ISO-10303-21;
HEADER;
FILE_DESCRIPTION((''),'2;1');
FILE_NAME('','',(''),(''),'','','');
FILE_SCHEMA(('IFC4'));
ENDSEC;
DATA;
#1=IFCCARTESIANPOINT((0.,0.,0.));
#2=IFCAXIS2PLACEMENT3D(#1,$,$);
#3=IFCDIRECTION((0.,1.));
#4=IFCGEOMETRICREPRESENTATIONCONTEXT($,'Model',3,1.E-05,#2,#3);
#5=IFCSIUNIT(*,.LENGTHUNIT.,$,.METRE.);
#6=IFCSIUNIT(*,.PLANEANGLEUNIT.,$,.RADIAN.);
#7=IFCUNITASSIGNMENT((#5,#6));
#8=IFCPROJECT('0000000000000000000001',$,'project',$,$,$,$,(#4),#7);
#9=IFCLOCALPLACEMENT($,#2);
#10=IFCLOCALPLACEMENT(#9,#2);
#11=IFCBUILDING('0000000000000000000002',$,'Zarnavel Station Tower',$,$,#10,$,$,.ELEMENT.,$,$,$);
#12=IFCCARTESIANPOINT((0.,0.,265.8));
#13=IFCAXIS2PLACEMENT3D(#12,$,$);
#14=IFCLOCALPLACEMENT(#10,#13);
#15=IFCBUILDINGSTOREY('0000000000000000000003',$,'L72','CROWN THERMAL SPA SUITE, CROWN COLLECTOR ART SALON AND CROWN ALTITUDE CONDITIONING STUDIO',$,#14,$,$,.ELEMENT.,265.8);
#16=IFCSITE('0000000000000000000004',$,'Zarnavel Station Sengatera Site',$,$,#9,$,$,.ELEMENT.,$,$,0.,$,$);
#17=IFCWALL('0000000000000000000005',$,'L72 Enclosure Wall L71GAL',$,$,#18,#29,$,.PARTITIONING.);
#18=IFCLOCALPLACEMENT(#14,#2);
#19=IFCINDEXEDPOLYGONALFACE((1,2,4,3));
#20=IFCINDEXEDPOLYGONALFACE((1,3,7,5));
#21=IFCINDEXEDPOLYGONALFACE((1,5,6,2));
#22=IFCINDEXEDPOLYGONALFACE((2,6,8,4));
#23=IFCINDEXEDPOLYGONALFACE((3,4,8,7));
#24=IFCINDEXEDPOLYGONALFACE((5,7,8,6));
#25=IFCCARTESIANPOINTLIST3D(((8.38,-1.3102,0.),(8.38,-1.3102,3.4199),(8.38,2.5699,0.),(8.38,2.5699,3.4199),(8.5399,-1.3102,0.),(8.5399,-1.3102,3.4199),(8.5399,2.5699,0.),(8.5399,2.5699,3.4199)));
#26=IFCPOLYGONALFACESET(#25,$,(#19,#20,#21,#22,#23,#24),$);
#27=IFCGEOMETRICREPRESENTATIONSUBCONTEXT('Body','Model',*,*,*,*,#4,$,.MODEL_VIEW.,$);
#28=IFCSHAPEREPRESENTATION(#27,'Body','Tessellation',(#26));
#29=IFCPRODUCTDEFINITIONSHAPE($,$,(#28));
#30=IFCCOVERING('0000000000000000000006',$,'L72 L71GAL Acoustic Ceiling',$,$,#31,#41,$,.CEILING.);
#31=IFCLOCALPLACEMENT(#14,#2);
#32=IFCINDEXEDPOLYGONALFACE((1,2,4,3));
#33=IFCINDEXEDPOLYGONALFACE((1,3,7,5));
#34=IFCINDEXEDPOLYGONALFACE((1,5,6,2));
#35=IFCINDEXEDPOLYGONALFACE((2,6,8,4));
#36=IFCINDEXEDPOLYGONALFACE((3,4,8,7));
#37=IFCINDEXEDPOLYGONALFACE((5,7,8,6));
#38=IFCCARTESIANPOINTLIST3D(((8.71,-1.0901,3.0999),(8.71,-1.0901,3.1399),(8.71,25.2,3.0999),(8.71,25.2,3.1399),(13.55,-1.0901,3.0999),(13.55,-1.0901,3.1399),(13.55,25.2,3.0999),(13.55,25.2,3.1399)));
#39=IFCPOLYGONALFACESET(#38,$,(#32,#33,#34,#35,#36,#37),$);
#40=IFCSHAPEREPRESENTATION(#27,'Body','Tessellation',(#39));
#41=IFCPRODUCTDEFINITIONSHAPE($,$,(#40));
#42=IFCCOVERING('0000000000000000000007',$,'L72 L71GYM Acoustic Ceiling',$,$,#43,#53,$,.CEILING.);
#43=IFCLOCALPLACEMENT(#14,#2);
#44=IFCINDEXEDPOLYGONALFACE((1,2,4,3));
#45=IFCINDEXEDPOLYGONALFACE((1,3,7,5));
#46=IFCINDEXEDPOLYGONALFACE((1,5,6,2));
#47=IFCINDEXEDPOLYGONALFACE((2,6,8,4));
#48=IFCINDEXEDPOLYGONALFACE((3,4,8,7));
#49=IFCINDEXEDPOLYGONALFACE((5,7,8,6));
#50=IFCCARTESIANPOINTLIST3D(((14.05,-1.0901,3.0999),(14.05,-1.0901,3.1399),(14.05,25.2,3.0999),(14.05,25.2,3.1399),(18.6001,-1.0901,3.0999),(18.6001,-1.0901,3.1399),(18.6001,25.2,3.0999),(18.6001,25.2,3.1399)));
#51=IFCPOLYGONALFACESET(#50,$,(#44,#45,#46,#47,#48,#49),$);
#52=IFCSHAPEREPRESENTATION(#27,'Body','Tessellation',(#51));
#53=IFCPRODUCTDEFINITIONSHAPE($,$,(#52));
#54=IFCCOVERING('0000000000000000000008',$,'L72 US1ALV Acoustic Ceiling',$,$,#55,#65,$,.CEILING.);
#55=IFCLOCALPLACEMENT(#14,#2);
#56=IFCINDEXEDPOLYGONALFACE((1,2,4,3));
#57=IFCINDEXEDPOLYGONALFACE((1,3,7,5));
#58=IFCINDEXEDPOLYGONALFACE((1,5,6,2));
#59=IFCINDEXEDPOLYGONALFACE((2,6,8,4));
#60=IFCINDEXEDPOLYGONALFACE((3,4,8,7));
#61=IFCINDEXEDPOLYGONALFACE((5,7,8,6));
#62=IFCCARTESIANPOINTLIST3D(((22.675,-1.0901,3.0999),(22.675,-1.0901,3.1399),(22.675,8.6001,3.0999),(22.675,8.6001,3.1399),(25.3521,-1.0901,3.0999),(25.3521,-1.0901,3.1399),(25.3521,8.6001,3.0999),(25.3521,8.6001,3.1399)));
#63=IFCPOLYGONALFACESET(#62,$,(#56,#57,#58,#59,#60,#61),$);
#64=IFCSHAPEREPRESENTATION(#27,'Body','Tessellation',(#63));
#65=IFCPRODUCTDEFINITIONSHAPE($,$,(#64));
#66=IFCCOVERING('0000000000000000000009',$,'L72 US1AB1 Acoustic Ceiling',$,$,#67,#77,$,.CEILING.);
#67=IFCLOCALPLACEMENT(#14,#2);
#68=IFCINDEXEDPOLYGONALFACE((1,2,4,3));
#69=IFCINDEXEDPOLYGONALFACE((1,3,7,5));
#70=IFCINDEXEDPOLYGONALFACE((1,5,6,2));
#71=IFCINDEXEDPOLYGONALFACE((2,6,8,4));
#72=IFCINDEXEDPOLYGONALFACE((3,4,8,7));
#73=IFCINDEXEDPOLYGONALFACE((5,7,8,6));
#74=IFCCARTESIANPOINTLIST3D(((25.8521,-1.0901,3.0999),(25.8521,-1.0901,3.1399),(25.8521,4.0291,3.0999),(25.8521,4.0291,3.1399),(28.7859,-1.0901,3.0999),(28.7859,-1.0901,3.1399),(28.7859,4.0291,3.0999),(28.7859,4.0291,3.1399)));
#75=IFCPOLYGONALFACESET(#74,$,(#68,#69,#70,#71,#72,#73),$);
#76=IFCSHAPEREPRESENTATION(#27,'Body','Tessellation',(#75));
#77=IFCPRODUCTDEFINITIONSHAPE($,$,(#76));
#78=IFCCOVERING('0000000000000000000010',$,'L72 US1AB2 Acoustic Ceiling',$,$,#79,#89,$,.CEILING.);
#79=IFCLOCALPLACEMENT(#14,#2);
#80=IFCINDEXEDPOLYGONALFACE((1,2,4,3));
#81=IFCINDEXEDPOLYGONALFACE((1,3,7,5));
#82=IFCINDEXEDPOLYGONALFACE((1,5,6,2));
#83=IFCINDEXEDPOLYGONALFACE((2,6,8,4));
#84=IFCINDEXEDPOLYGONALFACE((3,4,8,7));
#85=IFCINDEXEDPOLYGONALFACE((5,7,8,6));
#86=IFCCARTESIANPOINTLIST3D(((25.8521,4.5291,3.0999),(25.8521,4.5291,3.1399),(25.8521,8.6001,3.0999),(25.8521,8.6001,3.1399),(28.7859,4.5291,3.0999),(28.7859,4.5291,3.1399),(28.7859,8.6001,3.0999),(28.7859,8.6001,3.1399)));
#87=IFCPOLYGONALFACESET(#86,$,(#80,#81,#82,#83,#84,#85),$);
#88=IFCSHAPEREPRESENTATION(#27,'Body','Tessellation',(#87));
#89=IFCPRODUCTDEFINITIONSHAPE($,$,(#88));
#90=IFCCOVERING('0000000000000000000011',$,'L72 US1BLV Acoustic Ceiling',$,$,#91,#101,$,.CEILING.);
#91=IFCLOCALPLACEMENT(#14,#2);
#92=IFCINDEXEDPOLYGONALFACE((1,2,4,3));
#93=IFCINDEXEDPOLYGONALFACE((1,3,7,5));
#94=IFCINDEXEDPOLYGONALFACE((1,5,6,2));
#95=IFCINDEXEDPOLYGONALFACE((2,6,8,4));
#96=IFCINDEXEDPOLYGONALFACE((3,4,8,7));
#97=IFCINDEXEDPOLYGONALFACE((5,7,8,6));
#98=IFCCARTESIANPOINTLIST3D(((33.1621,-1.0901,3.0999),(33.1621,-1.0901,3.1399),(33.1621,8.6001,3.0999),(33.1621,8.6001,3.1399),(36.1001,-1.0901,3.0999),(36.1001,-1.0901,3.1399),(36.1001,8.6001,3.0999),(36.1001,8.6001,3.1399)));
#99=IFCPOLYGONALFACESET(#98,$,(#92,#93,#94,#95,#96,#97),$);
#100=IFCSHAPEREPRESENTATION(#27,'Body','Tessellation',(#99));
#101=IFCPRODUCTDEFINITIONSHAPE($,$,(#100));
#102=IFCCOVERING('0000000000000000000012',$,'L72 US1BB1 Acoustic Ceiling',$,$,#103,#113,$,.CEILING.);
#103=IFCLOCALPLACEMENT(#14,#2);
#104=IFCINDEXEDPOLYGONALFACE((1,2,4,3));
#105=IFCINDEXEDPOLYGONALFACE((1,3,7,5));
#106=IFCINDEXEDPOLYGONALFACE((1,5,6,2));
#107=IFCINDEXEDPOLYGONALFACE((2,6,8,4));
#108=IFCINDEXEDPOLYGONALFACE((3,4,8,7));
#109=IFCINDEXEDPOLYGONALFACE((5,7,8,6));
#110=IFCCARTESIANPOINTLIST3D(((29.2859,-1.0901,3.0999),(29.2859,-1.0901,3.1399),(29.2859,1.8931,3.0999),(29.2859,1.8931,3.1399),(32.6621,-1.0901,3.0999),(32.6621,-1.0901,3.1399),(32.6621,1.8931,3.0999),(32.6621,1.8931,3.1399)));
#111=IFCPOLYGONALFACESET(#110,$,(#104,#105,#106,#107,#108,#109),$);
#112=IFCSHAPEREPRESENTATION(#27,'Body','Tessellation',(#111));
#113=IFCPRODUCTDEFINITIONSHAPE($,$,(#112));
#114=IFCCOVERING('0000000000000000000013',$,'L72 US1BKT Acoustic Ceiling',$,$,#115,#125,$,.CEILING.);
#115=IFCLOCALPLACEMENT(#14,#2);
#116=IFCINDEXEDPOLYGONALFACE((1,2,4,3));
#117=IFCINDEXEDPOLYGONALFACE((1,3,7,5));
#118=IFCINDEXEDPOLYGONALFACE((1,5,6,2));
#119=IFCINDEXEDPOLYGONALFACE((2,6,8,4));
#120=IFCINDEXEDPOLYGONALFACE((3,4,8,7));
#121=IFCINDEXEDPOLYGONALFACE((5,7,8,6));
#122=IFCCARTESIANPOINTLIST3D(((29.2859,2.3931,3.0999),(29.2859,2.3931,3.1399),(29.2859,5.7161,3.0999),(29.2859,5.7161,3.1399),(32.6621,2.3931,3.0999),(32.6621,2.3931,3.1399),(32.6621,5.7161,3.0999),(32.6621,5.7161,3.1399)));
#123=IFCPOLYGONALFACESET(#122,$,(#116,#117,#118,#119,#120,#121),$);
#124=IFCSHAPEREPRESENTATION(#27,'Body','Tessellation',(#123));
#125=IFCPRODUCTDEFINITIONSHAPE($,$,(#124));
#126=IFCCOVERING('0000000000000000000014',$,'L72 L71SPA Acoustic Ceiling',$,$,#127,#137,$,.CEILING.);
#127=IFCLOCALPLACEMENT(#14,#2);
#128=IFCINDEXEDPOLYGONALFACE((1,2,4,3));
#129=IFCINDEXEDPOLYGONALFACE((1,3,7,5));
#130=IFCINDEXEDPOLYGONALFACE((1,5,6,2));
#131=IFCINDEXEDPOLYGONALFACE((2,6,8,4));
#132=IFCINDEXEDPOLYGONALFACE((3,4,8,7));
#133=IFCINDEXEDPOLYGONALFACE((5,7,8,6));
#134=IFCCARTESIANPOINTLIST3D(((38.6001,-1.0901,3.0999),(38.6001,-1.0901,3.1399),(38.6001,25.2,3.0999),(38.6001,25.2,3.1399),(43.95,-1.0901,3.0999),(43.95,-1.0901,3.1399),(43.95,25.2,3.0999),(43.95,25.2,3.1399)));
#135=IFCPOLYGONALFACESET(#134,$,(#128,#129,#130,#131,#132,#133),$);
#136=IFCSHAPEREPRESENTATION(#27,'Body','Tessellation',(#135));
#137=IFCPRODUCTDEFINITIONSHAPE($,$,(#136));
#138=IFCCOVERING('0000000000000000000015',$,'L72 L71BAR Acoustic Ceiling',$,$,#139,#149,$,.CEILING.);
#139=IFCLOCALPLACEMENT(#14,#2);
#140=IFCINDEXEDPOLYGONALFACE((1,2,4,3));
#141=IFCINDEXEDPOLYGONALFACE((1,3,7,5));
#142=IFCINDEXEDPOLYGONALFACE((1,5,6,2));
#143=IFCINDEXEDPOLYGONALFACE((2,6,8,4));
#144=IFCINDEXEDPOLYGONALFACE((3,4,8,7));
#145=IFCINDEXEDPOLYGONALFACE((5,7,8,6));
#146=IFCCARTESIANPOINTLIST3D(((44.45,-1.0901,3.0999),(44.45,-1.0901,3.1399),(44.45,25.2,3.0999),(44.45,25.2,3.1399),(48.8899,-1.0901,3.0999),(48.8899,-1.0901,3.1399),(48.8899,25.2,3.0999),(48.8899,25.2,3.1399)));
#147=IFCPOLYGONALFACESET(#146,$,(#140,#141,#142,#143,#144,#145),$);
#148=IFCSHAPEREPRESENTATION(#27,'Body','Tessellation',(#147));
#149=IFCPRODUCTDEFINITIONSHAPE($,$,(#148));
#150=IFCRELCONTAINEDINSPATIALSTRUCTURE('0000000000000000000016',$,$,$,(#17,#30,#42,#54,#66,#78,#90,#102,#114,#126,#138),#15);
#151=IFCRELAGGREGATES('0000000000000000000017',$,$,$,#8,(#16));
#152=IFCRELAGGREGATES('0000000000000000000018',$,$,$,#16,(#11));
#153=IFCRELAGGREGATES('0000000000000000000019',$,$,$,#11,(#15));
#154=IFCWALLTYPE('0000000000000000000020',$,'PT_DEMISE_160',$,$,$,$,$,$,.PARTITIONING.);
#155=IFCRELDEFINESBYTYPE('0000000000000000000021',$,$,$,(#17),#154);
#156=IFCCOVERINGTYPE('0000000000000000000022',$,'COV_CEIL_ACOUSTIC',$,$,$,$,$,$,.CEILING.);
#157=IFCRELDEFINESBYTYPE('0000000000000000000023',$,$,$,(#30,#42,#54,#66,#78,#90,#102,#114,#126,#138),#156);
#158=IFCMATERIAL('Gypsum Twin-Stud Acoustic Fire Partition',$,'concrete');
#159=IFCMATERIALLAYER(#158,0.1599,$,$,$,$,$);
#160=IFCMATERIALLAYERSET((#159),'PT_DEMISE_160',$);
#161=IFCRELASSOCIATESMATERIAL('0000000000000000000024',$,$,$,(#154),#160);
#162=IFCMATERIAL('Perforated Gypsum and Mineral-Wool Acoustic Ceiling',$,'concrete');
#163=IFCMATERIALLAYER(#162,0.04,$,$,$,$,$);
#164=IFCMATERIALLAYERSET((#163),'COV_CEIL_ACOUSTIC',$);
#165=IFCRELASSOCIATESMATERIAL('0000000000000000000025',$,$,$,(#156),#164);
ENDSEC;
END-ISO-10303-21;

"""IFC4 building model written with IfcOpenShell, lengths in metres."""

from ifc_helpers import new_model, si_unit, direction, frame, frame_2d, origin, place, context, subcontext, project, spatial, polyline, rectangle, outline, extrude, material, layer, layer_set, type_object, element, save


model = new_model("IFC4")

# Units and contexts
model_context = context("Model", 3, precision=1e-05, world=origin(), true_north=direction((0.0, 1.0)))
body_context = subcontext(model_context, "Body", "Model", "MODEL_VIEW")
ifc_project = project(units=[si_unit("LENGTHUNIT", "METRE"), si_unit("PLANEANGLEUNIT", "RADIAN")], contexts=[model_context])

# Site, building, storey
site_placement = place(None, origin())
site = spatial("IfcSite", under=ifc_project, at=site_placement, Name="Zarnavel Station Sengatera Site", CompositionType="ELEMENT", RefElevation=0.0)
building_placement = place(site_placement, origin())
building = spatial("IfcBuilding", under=site, at=building_placement, Name="Zarnavel Station Tower", CompositionType="ELEMENT")
storey_placement = place(building_placement, frame((0.0, 0.0, 265.8)))
storey = spatial("IfcBuildingStorey", under=building, at=storey_placement, Name="L72", Description="CROWN THERMAL SPA SUITE, CROWN COLLECTOR ART SALON AND CROWN ALTITUDE CONDITIONING STUDIO", CompositionType="ELEMENT", Elevation=265.8)

# Wall
ifc_material_1 = material(Name="Gypsum Twin-Stud Acoustic Fire Partition", Category="concrete")
ifc_layer_1 = layer(ifc_material_1, 0.1599)
ifc_layer_set_1 = layer_set([ifc_layer_1], Name="PT_DEMISE_160")
wall_type_1 = type_object("IfcWallType", Name="PT_DEMISE_160", PredefinedType="PARTITIONING", material=ifc_layer_set_1)
for number, where, z_axis, x_axis, name in (
    (1, (8.46, -1.3101, 0.0), (0.0, 0.0, 1.0), (0.0, 1.0, 0.0), "L72 Enclosure Wall L71GAL"),
):
    element("IfcWall", number, at=place(storey_placement, frame(where, z_axis=z_axis, x_axis=x_axis)), inside=storey, type_object=wall_type_1, Name=name, PredefinedType="PARTITIONING", context=body_context, shape_type="SweptSolid", body=[
        extrude(rectangle(XDim=3.8801, YDim=0.1599, at=frame_2d((1.9399, 0.0))), origin(), (0.0, 0.0, 1.0), 3.4199),
    ])

# Coverings
ifc_material_2 = material(Name="Perforated Gypsum and Mineral-Wool Acoustic Ceiling", Category="concrete")
ifc_layer_2 = layer(ifc_material_2, 0.04)
ifc_layer_set_2 = layer_set([ifc_layer_2], Name="COV_CEIL_ACOUSTIC")
covering_type_1 = type_object("IfcCoveringType", Name="COV_CEIL_ACOUSTIC", PredefinedType="CEILING", material=ifc_layer_set_2)
covering_1_placement = place(storey_placement, frame((0.0, 0.0, 3.0999)))
element("IfcCovering", 2, at=covering_1_placement, inside=storey, type_object=covering_type_1, Name="L72 L71GAL Acoustic Ceiling", PredefinedType="CEILING", context=body_context, shape_type="SweptSolid", body=[
    extrude(outline(polyline([(8.71, -1.0901), (13.55, -1.0901), (13.55, 25.2), (8.71, 25.2), (8.71, -1.0901)])), origin(), (0.0, 0.0, 1.0), 0.04),
])
covering_2_placement = place(storey_placement, frame((0.0, 0.0, 3.0999)))
element("IfcCovering", 3, at=covering_2_placement, inside=storey, type_object=covering_type_1, Name="L72 L71GYM Acoustic Ceiling", PredefinedType="CEILING", context=body_context, shape_type="SweptSolid", body=[
    extrude(outline(polyline([(14.05, -1.0901), (18.6001, -1.0901), (18.6001, 25.2), (14.05, 25.2), (14.05, -1.0901)])), origin(), (0.0, 0.0, 1.0), 0.04),
])
covering_3_placement = place(storey_placement, frame((0.0, 0.0, 3.0999)))
element("IfcCovering", 4, at=covering_3_placement, inside=storey, type_object=covering_type_1, Name="L72 US1ALV Acoustic Ceiling", PredefinedType="CEILING", context=body_context, shape_type="SweptSolid", body=[
    extrude(outline(polyline([(22.675, -1.0901), (25.3521, -1.0901), (25.3521, 8.6001), (22.675, 8.6001), (22.675, -1.0901)])), origin(), (0.0, 0.0, 1.0), 0.04),
])
covering_4_placement = place(storey_placement, frame((0.0, 0.0, 3.0999)))
element("IfcCovering", 5, at=covering_4_placement, inside=storey, type_object=covering_type_1, Name="L72 US1AB1 Acoustic Ceiling", PredefinedType="CEILING", context=body_context, shape_type="SweptSolid", body=[
    extrude(outline(polyline([(25.8521, -1.0901), (28.7859, -1.0901), (28.7859, 4.0291), (25.8521, 4.0291), (25.8521, -1.0901)])), origin(), (0.0, 0.0, 1.0), 0.04),
])
covering_5_placement = place(storey_placement, frame((0.0, 0.0, 3.0999)))
element("IfcCovering", 6, at=covering_5_placement, inside=storey, type_object=covering_type_1, Name="L72 US1AB2 Acoustic Ceiling", PredefinedType="CEILING", context=body_context, shape_type="SweptSolid", body=[
    extrude(outline(polyline([(25.8521, 4.5291), (28.7859, 4.5291), (28.7859, 8.6001), (25.8521, 8.6001), (25.8521, 4.5291)])), origin(), (0.0, 0.0, 1.0), 0.04),
])
covering_6_placement = place(storey_placement, frame((0.0, 0.0, 3.0999)))
element("IfcCovering", 7, at=covering_6_placement, inside=storey, type_object=covering_type_1, Name="L72 US1BLV Acoustic Ceiling", PredefinedType="CEILING", context=body_context, shape_type="SweptSolid", body=[
    extrude(outline(polyline([(33.1621, -1.0901), (36.1001, -1.0901), (36.1001, 8.6001), (33.1621, 8.6001), (33.1621, -1.0901)])), origin(), (0.0, 0.0, 1.0), 0.04),
])
covering_7_placement = place(storey_placement, frame((0.0, 0.0, 3.0999)))
element("IfcCovering", 8, at=covering_7_placement, inside=storey, type_object=covering_type_1, Name="L72 US1BB1 Acoustic Ceiling", PredefinedType="CEILING", context=body_context, shape_type="SweptSolid", body=[
    extrude(outline(polyline([(29.2859, -1.0901), (32.6621, -1.0901), (32.6621, 1.8931), (29.2859, 1.8931), (29.2859, -1.0901)])), origin(), (0.0, 0.0, 1.0), 0.04),
])
covering_8_placement = place(storey_placement, frame((0.0, 0.0, 3.0999)))
element("IfcCovering", 9, at=covering_8_placement, inside=storey, type_object=covering_type_1, Name="L72 US1BKT Acoustic Ceiling", PredefinedType="CEILING", context=body_context, shape_type="SweptSolid", body=[
    extrude(outline(polyline([(29.2859, 2.3931), (32.6621, 2.3931), (32.6621, 5.7161), (29.2859, 5.7161), (29.2859, 2.3931)])), origin(), (0.0, 0.0, 1.0), 0.04),
])
covering_9_placement = place(storey_placement, frame((0.0, 0.0, 3.0999)))
element("IfcCovering", 10, at=covering_9_placement, inside=storey, type_object=covering_type_1, Name="L72 L71SPA Acoustic Ceiling", PredefinedType="CEILING", context=body_context, shape_type="SweptSolid", body=[
    extrude(outline(polyline([(38.6001, -1.0901), (43.95, -1.0901), (43.95, 25.2), (38.6001, 25.2), (38.6001, -1.0901)])), origin(), (0.0, 0.0, 1.0), 0.04),
])
covering_10_placement = place(storey_placement, frame((0.0, 0.0, 3.0999)))
element("IfcCovering", 11, at=covering_10_placement, inside=storey, type_object=covering_type_1, Name="L72 L71BAR Acoustic Ceiling", PredefinedType="CEILING", context=body_context, shape_type="SweptSolid", body=[
    extrude(outline(polyline([(44.45, -1.0901), (48.8899, -1.0901), (48.8899, 25.2), (44.45, 25.2), (44.45, -1.0901)])), origin(), (0.0, 0.0, 1.0), 0.04),
])

save(model, "model.ifc")
